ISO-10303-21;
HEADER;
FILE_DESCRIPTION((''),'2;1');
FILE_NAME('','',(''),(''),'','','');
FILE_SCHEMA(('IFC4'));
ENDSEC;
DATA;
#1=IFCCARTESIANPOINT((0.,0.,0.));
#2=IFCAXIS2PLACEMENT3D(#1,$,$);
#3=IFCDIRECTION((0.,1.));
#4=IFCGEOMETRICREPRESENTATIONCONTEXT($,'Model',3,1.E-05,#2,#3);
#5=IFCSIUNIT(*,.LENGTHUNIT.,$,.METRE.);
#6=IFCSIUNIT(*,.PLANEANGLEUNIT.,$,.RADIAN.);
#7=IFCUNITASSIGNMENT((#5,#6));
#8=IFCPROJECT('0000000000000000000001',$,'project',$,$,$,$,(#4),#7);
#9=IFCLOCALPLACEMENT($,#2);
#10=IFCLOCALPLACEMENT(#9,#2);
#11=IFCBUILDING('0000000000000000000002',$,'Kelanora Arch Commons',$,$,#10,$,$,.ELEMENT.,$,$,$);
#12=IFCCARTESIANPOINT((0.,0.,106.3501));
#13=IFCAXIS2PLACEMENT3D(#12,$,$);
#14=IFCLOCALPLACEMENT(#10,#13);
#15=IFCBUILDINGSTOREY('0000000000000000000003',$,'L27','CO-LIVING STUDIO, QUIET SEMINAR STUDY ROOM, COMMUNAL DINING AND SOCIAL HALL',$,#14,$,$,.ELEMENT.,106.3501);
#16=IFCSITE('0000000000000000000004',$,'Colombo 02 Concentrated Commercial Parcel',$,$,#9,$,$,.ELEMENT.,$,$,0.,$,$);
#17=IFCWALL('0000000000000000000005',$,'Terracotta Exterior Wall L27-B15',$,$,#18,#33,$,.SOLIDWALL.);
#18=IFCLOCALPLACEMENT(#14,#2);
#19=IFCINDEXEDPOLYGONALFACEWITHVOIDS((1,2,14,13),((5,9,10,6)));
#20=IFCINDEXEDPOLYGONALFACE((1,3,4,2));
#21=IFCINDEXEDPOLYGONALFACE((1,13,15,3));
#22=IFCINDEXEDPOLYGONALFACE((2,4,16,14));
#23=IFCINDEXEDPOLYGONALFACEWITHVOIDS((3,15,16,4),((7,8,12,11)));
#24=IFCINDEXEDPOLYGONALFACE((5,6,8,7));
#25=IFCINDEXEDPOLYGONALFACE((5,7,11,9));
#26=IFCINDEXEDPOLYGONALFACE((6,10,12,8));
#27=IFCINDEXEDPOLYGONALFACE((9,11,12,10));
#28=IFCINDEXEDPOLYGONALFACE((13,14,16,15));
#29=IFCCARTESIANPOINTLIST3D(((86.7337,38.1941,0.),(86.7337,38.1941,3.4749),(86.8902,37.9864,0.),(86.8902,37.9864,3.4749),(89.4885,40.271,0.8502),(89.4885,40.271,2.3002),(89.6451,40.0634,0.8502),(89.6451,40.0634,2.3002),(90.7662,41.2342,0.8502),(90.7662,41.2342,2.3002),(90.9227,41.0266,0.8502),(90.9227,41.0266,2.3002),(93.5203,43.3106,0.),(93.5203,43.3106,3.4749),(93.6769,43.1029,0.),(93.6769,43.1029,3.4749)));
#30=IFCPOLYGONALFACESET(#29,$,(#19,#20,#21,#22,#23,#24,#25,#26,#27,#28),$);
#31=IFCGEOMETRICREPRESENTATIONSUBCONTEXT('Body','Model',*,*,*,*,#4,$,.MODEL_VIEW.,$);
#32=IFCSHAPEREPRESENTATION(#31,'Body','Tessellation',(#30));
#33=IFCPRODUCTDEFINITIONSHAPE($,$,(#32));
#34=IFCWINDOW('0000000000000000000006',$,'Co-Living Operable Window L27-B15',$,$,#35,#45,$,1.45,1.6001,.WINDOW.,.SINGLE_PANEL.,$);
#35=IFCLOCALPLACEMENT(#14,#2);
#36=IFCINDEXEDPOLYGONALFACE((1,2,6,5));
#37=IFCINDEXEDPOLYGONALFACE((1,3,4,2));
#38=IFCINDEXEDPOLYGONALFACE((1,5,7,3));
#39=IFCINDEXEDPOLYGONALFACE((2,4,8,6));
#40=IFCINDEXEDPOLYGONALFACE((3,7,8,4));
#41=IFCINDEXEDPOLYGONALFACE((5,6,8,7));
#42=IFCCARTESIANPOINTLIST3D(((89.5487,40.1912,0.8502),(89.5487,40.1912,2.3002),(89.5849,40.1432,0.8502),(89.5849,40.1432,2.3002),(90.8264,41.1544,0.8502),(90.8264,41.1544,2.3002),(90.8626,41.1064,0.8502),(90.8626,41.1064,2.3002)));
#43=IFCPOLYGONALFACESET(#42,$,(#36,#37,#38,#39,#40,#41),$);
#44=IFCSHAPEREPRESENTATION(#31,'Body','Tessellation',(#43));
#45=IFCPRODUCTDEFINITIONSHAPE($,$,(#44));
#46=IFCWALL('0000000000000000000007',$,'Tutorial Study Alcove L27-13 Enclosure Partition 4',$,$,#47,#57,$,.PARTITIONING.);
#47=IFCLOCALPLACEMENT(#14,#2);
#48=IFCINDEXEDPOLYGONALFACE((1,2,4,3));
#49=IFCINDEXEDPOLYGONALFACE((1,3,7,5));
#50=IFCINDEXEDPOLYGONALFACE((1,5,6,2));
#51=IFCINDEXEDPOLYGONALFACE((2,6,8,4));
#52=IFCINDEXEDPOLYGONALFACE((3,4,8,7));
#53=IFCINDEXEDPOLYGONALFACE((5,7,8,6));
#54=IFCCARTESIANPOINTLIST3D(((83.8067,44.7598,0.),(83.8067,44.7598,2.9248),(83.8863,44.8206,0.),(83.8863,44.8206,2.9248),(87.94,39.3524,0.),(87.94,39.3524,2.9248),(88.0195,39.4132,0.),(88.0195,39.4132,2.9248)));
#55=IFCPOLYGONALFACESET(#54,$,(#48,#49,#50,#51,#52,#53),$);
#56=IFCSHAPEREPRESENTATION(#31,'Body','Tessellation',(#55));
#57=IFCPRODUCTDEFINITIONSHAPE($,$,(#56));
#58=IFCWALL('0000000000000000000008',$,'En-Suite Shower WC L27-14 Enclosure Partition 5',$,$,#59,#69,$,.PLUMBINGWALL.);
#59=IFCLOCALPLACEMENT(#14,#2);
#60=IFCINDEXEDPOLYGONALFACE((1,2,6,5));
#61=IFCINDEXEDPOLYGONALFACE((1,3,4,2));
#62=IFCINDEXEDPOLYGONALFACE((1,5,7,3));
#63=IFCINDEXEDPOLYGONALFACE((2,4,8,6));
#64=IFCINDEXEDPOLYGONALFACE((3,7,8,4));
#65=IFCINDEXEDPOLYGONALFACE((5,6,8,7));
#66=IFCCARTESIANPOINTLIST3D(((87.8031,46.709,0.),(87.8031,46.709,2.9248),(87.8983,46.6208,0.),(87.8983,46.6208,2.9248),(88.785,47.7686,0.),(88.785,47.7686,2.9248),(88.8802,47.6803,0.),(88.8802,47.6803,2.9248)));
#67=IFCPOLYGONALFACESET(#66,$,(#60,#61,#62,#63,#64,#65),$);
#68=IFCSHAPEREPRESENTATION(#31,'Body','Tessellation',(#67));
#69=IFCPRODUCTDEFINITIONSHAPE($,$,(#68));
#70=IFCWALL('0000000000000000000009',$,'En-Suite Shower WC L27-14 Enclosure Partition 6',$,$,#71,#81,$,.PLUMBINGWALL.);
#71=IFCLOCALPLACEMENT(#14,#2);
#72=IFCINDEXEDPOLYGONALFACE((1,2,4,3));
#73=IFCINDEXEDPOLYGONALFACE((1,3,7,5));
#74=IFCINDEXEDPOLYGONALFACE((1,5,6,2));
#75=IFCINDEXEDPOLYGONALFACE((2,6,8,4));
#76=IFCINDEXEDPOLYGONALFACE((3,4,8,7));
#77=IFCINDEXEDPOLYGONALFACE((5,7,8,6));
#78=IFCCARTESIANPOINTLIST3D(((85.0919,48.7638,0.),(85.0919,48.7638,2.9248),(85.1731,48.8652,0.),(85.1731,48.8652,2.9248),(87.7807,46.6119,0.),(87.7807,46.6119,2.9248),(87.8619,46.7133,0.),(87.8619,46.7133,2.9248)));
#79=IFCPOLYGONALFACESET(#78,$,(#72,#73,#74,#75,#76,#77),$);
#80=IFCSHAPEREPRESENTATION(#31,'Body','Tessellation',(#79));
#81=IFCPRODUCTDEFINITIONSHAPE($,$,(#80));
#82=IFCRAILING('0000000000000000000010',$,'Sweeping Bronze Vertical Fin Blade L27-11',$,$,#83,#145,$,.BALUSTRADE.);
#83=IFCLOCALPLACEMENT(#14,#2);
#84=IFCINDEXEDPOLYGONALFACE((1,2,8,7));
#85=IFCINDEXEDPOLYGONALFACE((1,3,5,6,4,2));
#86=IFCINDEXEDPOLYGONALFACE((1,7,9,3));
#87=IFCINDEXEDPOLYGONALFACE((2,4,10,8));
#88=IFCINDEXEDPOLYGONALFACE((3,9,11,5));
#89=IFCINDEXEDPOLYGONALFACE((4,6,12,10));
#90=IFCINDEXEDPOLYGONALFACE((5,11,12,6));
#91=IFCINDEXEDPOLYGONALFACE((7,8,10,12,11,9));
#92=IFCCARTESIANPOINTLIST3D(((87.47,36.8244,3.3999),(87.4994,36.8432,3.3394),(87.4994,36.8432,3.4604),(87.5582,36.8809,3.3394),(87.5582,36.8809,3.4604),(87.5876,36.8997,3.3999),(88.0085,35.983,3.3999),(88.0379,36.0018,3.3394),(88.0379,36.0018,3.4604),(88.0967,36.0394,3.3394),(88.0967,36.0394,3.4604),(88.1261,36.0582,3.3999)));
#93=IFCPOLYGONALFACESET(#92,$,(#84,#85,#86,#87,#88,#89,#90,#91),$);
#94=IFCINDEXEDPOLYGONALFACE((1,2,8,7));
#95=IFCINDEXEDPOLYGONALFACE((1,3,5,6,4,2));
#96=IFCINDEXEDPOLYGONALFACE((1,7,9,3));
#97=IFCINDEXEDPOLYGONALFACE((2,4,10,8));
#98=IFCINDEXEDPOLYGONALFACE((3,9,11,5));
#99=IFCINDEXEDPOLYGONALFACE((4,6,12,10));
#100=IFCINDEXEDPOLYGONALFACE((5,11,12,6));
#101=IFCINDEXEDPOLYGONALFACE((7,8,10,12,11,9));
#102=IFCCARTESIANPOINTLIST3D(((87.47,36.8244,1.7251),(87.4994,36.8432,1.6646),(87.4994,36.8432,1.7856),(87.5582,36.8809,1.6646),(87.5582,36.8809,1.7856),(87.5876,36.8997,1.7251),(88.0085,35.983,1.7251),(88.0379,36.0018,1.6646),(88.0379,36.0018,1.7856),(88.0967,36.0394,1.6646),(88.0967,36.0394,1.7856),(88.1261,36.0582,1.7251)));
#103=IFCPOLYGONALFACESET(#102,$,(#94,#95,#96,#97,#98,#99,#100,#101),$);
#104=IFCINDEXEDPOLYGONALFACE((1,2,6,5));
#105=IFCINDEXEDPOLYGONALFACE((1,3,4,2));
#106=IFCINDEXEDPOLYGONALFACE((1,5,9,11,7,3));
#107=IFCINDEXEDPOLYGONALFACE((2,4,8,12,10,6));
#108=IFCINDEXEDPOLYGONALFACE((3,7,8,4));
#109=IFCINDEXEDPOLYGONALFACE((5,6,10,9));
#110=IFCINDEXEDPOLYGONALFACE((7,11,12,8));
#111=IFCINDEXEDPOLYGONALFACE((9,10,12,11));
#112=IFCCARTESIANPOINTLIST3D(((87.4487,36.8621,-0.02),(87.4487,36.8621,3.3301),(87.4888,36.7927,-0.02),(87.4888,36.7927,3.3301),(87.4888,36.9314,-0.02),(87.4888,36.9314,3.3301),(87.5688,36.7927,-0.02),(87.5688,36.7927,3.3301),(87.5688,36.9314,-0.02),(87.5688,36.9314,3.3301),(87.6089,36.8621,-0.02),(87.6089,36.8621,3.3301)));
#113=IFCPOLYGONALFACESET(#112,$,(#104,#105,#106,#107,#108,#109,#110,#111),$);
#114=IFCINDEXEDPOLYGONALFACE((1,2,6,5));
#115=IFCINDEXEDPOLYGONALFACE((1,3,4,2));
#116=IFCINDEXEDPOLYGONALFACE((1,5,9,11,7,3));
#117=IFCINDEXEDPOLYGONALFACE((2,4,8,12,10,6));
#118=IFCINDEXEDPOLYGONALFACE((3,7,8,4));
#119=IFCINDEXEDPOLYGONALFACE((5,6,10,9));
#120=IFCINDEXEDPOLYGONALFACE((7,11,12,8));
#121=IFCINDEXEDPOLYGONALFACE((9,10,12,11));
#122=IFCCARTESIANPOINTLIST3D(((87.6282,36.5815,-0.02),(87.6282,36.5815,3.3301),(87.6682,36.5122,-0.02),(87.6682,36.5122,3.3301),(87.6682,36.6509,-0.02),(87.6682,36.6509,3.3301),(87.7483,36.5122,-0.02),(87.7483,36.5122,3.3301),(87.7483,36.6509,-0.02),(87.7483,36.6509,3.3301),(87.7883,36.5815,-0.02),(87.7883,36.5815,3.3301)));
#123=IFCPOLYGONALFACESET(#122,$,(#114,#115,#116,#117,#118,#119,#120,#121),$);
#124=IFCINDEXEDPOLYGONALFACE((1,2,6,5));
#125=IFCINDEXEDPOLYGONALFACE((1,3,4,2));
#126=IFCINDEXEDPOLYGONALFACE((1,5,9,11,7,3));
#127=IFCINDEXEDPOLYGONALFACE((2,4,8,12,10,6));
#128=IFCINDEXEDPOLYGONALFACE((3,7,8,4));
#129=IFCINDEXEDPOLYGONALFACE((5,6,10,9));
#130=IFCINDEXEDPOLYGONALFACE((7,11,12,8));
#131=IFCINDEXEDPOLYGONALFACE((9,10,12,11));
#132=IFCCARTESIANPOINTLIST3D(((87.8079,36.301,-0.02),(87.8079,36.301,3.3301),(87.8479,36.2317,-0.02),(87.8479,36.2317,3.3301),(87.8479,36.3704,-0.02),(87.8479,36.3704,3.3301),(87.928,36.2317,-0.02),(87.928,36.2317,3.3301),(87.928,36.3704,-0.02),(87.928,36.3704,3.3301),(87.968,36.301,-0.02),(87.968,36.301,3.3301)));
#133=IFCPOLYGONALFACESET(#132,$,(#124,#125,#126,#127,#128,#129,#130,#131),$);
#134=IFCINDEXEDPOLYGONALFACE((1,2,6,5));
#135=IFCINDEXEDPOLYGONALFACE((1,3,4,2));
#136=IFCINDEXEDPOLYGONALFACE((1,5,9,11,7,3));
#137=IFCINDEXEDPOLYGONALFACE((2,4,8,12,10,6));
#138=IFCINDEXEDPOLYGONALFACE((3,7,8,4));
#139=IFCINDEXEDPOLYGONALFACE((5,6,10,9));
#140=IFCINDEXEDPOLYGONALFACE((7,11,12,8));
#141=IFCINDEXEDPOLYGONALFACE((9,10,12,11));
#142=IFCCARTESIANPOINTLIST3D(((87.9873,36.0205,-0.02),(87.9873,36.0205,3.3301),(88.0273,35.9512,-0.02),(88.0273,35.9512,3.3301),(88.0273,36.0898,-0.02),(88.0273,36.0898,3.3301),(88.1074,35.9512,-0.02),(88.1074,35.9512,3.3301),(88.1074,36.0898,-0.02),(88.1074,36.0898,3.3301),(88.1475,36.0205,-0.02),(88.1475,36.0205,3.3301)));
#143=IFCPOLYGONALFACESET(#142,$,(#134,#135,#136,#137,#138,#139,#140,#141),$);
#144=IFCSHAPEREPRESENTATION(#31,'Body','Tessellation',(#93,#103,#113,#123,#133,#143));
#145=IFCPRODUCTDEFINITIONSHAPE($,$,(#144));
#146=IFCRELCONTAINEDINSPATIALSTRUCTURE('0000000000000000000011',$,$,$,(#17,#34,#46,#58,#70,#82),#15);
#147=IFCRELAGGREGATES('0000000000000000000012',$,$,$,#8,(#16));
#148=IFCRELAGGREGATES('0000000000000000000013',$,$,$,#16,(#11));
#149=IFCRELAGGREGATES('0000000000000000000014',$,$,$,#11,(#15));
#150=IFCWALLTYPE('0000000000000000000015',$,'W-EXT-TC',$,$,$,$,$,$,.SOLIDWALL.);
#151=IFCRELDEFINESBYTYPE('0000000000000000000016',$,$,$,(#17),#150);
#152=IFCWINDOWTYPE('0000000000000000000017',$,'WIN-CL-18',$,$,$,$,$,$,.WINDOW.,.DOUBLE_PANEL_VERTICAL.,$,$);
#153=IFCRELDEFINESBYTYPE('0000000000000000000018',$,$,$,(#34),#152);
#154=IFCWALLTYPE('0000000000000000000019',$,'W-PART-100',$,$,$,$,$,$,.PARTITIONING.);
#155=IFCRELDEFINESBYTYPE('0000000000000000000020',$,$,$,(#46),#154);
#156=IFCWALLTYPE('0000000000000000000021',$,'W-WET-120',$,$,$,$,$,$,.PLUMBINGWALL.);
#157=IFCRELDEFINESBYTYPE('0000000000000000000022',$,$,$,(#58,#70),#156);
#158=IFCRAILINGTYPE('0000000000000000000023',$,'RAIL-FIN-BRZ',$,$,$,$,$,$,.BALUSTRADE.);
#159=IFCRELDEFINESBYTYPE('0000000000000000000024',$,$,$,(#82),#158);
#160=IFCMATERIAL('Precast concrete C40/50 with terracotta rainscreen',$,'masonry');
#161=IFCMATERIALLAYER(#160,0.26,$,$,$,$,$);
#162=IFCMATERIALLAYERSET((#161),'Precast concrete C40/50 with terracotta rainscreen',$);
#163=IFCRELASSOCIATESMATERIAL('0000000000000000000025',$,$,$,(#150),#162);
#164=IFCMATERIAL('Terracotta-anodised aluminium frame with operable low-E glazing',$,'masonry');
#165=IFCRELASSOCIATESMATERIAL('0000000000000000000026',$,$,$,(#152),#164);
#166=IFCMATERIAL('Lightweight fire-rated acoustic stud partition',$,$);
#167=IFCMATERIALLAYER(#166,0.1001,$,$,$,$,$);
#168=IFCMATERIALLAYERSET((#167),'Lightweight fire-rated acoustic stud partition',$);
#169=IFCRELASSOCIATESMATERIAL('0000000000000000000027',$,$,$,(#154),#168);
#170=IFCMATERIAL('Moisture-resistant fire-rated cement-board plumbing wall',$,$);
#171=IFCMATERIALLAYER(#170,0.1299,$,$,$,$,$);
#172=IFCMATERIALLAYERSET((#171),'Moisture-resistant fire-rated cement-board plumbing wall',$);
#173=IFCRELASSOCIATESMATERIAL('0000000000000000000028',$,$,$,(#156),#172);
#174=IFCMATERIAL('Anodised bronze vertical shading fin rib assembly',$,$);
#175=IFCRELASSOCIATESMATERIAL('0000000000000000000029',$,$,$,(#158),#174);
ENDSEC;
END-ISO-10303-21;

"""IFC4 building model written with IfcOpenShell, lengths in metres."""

from ifc_helpers import new_model, si_unit, direction, frame, frame_2d, origin, place, context, subcontext, project, spatial, polyline, rectangle, outline, extrude, material, layer, layer_set, type_object, element, fill, save


model = new_model("IFC4")

# Units and contexts
model_context = context("Model", 3, precision=1e-05, world=origin(), true_north=direction((0.0, 1.0)))
body_context = subcontext(model_context, "Body", "Model", "MODEL_VIEW")
ifc_project = project(units=[si_unit("LENGTHUNIT", "METRE"), si_unit("PLANEANGLEUNIT", "RADIAN")], contexts=[model_context])

# Site, building, storey
site_placement = place(None, origin())
site = spatial("IfcSite", under=ifc_project, at=site_placement, Name="Colombo 02 Concentrated Commercial Parcel", CompositionType="ELEMENT", RefElevation=0.0)
building_placement = place(site_placement, origin())
building = spatial("IfcBuilding", under=site, at=building_placement, Name="Kelanora Arch Commons", CompositionType="ELEMENT")
storey_placement = place(building_placement, frame((0.0, 0.0, 106.3501)))
storey = spatial("IfcBuildingStorey", under=building, at=storey_placement, Name="L27", Description="CO-LIVING STUDIO, QUIET SEMINAR STUDY ROOM, COMMUNAL DINING AND SOCIAL HALL", CompositionType="ELEMENT", Elevation=106.3501)

# Wall, opening, window
ifc_material_1 = material(Name="Precast concrete C40/50 with terracotta rainscreen", Category="masonry")
ifc_layer_1 = layer(ifc_material_1, 0.26)
ifc_layer_set_1 = layer_set([ifc_layer_1], Name="Precast concrete C40/50 with terracotta rainscreen")
wall_type_1 = type_object("IfcWallType", Name="W-EXT-TC", PredefinedType="SOLIDWALL", material=ifc_layer_set_1)
wall_1_placement = place(storey_placement, frame((86.812, 38.0903, 0.0), z_axis=(0.0, 0.0, 1.0), x_axis=(0.798502, 0.601993, 0.0)))
wall_1 = element("IfcWall", 1, at=wall_1_placement, inside=storey, type_object=wall_type_1, Name="Terracotta Exterior Wall L27-B15", PredefinedType="SOLIDWALL", context=body_context, shape_type="SweptSolid", body=[
    extrude(rectangle(XDim=8.4993, YDim=0.26, at=frame_2d((4.2495, 0.0))), origin(), (0.0, 0.0, 1.0), 3.4749),
])
opening_placement = place(wall_1_placement, frame((3.45, 0.0, 0.8501)))
opening = element("IfcOpeningElement", 2, at=opening_placement, cuts=wall_1, PredefinedType="OPENING", context=body_context, shape_type="SweptSolid", body=[
    extrude(rectangle(XDim=1.6001, YDim=1.45, at=frame_2d((0.8, 0.7251))), frame((0.0, 0.1401, 0.0), z_axis=(0.0, -1.0, 0.0), x_axis=(1.0, 0.0, 0.0)), (0.0, 0.0, 1.0), 0.28),
])
ifc_material_2 = material(Name="Terracotta-anodised aluminium frame with operable low-E glazing", Category="masonry")
window_type = type_object("IfcWindowType", Name="WIN-CL-18", PartitioningType="DOUBLE_PANEL_VERTICAL", PredefinedType="WINDOW", material=ifc_material_2)
window_placement = place(opening_placement, origin())
window = element("IfcWindow", 3, at=window_placement, inside=storey, type_object=window_type, Name="Co-Living Operable Window L27-B15", OverallHeight=1.45, OverallWidth=1.6001, PartitioningType="SINGLE_PANEL", PredefinedType="WINDOW", context=body_context, shape_type="SweptSolid", body=[
    extrude(rectangle(XDim=1.6001, YDim=1.45, at=frame_2d((0.8, 0.7251))), frame((0.0, 0.03, 0.0), z_axis=(0.0, -1.0, 0.0), x_axis=(1.0, 0.0, 0.0)), (0.0, 0.0, 1.0), 0.0601),
])
fill(opening, window)

# Walls
ifc_material_3 = material(Name="Lightweight fire-rated acoustic stud partition")
ifc_layer_2 = layer(ifc_material_3, 0.1001)
ifc_layer_set_2 = layer_set([ifc_layer_2], Name="Lightweight fire-rated acoustic stud partition")
wall_type_2 = type_object("IfcWallType", Name="W-PART-100", PredefinedType="PARTITIONING", material=ifc_layer_set_2)
wall_2_placement = place(storey_placement, frame((87.9797, 39.3828, 0.0), z_axis=(0.0, 0.0, 1.0), x_axis=(-0.607281, 0.794487, 0.0)))
element("IfcWall", 4, at=wall_2_placement, inside=storey, type_object=wall_type_2, Name="Tutorial Study Alcove L27-13 Enclosure Partition 4", PredefinedType="PARTITIONING", context=body_context, shape_type="SweptSolid", body=[
    extrude(rectangle(XDim=6.8062, YDim=0.1001, at=frame_2d((3.4031, 0.0))), origin(), (0.0, 0.0, 1.0), 2.9248),
])
ifc_material_4 = material(Name="Moisture-resistant fire-rated cement-board plumbing wall")
ifc_layer_3 = layer(ifc_material_4, 0.1299)
ifc_layer_set_3 = layer_set([ifc_layer_3], Name="Moisture-resistant fire-rated cement-board plumbing wall")
wall_type_3 = type_object("IfcWallType", Name="W-WET-120", PredefinedType="PLUMBINGWALL", material=ifc_layer_set_3)
wall_3_placement = place(storey_placement, frame((88.8325, 47.7244, 0.0), z_axis=(0.0, 0.0, 1.0), x_axis=(-0.679725, -0.733467, 0.0)))
element("IfcWall", 5, at=wall_3_placement, inside=storey, type_object=wall_type_3, Name="En-Suite Shower WC L27-14 Enclosure Partition 5", PredefinedType="PLUMBINGWALL", context=body_context, shape_type="SweptSolid", body=[
    extrude(rectangle(XDim=1.4446, YDim=0.1299, at=frame_2d((0.7222, 0.0))), origin(), (0.0, 0.0, 1.0), 2.9248),
])
wall_4_placement = place(storey_placement, frame((87.8213, 46.6626, 0.0), z_axis=(0.0, 0.0, 1.0), x_axis=(-0.780744, 0.624851, 0.0)))
element("IfcWall", 6, at=wall_4_placement, inside=storey, type_object=wall_type_3, Name="En-Suite Shower WC L27-14 Enclosure Partition 6", PredefinedType="PLUMBINGWALL", context=body_context, shape_type="SweptSolid", body=[
    extrude(rectangle(XDim=3.4438, YDim=0.1299, at=frame_2d((1.7219, 0.0))), origin(), (0.0, 0.0, 1.0), 2.9248),
])

# Railing
ifc_material_5 = material(Name="Anodised bronze vertical shading fin rib assembly")
railing_type = type_object("IfcRailingType", Name="RAIL-FIN-BRZ", PredefinedType="BALUSTRADE", material=ifc_material_5)
railing_1_placement = place(storey_placement, frame((87.5288, 36.8621, -0.02)))
element("IfcRailing", 7, at=railing_1_placement, inside=storey, type_object=railing_type, Name="Sweeping Bronze Vertical Fin Blade L27-11", PredefinedType="BALUSTRADE", context=body_context, shape_type="SweptSolid", body=[
    extrude(outline(polyline([(0.0698, 0.0), (0.0349, 0.0605), (-0.0349, 0.0605), (-0.0698, 0.0), (-0.0349, -0.0605), (0.0349, -0.0605), (0.0698, 0.0)])), frame((0.0, 0.0, 3.4199), z_axis=(0.53904, -0.84228, 0.0), x_axis=(0.84228, 0.53904, 0.0)), (0.0, 0.0, 1.0), 0.999),
    extrude(outline(polyline([(0.0698, 0.0), (0.0349, 0.0605), (-0.0349, 0.0605), (-0.0698, 0.0), (-0.0349, -0.0605), (0.0349, -0.0605), (0.0698, 0.0)])), frame((0.0, 0.0, 1.7451), z_axis=(0.53904, -0.84228, 0.0), x_axis=(0.84228, 0.53904, 0.0)), (0.0, 0.0, 1.0), 0.999),
    extrude(outline(polyline([(0.0801, 0.0), (0.04, 0.0693), (-0.04, 0.0693), (-0.0801, 0.0), (-0.04, -0.0693), (0.04, -0.0693), (0.0801, 0.0)])), origin(), (0.0, 0.0, 1.0), 3.3501),
    extrude(outline(polyline([(0.0801, 0.0), (0.04, 0.0693), (-0.04, 0.0693), (-0.0801, 0.0), (-0.04, -0.0693), (0.04, -0.0693), (0.0801, 0.0)])), frame((0.1794, -0.2805, 0.0)), (0.0, 0.0, 1.0), 3.3501),
    extrude(outline(polyline([(0.0801, 0.0), (0.04, 0.0693), (-0.04, 0.0693), (-0.0801, 0.0), (-0.04, -0.0693), (0.04, -0.0693), (0.0801, 0.0)])), frame((0.3591, -0.561, 0.0)), (0.0, 0.0, 1.0), 3.3501),
    extrude(outline(polyline([(0.0801, 0.0), (0.04, 0.0693), (-0.04, 0.0693), (-0.0801, 0.0), (-0.04, -0.0693), (0.04, -0.0693), (0.0801, 0.0)])), frame((0.5386, -0.8416, 0.0)), (0.0, 0.0, 1.0), 3.3501),
])

save(model, "model.ifc")
